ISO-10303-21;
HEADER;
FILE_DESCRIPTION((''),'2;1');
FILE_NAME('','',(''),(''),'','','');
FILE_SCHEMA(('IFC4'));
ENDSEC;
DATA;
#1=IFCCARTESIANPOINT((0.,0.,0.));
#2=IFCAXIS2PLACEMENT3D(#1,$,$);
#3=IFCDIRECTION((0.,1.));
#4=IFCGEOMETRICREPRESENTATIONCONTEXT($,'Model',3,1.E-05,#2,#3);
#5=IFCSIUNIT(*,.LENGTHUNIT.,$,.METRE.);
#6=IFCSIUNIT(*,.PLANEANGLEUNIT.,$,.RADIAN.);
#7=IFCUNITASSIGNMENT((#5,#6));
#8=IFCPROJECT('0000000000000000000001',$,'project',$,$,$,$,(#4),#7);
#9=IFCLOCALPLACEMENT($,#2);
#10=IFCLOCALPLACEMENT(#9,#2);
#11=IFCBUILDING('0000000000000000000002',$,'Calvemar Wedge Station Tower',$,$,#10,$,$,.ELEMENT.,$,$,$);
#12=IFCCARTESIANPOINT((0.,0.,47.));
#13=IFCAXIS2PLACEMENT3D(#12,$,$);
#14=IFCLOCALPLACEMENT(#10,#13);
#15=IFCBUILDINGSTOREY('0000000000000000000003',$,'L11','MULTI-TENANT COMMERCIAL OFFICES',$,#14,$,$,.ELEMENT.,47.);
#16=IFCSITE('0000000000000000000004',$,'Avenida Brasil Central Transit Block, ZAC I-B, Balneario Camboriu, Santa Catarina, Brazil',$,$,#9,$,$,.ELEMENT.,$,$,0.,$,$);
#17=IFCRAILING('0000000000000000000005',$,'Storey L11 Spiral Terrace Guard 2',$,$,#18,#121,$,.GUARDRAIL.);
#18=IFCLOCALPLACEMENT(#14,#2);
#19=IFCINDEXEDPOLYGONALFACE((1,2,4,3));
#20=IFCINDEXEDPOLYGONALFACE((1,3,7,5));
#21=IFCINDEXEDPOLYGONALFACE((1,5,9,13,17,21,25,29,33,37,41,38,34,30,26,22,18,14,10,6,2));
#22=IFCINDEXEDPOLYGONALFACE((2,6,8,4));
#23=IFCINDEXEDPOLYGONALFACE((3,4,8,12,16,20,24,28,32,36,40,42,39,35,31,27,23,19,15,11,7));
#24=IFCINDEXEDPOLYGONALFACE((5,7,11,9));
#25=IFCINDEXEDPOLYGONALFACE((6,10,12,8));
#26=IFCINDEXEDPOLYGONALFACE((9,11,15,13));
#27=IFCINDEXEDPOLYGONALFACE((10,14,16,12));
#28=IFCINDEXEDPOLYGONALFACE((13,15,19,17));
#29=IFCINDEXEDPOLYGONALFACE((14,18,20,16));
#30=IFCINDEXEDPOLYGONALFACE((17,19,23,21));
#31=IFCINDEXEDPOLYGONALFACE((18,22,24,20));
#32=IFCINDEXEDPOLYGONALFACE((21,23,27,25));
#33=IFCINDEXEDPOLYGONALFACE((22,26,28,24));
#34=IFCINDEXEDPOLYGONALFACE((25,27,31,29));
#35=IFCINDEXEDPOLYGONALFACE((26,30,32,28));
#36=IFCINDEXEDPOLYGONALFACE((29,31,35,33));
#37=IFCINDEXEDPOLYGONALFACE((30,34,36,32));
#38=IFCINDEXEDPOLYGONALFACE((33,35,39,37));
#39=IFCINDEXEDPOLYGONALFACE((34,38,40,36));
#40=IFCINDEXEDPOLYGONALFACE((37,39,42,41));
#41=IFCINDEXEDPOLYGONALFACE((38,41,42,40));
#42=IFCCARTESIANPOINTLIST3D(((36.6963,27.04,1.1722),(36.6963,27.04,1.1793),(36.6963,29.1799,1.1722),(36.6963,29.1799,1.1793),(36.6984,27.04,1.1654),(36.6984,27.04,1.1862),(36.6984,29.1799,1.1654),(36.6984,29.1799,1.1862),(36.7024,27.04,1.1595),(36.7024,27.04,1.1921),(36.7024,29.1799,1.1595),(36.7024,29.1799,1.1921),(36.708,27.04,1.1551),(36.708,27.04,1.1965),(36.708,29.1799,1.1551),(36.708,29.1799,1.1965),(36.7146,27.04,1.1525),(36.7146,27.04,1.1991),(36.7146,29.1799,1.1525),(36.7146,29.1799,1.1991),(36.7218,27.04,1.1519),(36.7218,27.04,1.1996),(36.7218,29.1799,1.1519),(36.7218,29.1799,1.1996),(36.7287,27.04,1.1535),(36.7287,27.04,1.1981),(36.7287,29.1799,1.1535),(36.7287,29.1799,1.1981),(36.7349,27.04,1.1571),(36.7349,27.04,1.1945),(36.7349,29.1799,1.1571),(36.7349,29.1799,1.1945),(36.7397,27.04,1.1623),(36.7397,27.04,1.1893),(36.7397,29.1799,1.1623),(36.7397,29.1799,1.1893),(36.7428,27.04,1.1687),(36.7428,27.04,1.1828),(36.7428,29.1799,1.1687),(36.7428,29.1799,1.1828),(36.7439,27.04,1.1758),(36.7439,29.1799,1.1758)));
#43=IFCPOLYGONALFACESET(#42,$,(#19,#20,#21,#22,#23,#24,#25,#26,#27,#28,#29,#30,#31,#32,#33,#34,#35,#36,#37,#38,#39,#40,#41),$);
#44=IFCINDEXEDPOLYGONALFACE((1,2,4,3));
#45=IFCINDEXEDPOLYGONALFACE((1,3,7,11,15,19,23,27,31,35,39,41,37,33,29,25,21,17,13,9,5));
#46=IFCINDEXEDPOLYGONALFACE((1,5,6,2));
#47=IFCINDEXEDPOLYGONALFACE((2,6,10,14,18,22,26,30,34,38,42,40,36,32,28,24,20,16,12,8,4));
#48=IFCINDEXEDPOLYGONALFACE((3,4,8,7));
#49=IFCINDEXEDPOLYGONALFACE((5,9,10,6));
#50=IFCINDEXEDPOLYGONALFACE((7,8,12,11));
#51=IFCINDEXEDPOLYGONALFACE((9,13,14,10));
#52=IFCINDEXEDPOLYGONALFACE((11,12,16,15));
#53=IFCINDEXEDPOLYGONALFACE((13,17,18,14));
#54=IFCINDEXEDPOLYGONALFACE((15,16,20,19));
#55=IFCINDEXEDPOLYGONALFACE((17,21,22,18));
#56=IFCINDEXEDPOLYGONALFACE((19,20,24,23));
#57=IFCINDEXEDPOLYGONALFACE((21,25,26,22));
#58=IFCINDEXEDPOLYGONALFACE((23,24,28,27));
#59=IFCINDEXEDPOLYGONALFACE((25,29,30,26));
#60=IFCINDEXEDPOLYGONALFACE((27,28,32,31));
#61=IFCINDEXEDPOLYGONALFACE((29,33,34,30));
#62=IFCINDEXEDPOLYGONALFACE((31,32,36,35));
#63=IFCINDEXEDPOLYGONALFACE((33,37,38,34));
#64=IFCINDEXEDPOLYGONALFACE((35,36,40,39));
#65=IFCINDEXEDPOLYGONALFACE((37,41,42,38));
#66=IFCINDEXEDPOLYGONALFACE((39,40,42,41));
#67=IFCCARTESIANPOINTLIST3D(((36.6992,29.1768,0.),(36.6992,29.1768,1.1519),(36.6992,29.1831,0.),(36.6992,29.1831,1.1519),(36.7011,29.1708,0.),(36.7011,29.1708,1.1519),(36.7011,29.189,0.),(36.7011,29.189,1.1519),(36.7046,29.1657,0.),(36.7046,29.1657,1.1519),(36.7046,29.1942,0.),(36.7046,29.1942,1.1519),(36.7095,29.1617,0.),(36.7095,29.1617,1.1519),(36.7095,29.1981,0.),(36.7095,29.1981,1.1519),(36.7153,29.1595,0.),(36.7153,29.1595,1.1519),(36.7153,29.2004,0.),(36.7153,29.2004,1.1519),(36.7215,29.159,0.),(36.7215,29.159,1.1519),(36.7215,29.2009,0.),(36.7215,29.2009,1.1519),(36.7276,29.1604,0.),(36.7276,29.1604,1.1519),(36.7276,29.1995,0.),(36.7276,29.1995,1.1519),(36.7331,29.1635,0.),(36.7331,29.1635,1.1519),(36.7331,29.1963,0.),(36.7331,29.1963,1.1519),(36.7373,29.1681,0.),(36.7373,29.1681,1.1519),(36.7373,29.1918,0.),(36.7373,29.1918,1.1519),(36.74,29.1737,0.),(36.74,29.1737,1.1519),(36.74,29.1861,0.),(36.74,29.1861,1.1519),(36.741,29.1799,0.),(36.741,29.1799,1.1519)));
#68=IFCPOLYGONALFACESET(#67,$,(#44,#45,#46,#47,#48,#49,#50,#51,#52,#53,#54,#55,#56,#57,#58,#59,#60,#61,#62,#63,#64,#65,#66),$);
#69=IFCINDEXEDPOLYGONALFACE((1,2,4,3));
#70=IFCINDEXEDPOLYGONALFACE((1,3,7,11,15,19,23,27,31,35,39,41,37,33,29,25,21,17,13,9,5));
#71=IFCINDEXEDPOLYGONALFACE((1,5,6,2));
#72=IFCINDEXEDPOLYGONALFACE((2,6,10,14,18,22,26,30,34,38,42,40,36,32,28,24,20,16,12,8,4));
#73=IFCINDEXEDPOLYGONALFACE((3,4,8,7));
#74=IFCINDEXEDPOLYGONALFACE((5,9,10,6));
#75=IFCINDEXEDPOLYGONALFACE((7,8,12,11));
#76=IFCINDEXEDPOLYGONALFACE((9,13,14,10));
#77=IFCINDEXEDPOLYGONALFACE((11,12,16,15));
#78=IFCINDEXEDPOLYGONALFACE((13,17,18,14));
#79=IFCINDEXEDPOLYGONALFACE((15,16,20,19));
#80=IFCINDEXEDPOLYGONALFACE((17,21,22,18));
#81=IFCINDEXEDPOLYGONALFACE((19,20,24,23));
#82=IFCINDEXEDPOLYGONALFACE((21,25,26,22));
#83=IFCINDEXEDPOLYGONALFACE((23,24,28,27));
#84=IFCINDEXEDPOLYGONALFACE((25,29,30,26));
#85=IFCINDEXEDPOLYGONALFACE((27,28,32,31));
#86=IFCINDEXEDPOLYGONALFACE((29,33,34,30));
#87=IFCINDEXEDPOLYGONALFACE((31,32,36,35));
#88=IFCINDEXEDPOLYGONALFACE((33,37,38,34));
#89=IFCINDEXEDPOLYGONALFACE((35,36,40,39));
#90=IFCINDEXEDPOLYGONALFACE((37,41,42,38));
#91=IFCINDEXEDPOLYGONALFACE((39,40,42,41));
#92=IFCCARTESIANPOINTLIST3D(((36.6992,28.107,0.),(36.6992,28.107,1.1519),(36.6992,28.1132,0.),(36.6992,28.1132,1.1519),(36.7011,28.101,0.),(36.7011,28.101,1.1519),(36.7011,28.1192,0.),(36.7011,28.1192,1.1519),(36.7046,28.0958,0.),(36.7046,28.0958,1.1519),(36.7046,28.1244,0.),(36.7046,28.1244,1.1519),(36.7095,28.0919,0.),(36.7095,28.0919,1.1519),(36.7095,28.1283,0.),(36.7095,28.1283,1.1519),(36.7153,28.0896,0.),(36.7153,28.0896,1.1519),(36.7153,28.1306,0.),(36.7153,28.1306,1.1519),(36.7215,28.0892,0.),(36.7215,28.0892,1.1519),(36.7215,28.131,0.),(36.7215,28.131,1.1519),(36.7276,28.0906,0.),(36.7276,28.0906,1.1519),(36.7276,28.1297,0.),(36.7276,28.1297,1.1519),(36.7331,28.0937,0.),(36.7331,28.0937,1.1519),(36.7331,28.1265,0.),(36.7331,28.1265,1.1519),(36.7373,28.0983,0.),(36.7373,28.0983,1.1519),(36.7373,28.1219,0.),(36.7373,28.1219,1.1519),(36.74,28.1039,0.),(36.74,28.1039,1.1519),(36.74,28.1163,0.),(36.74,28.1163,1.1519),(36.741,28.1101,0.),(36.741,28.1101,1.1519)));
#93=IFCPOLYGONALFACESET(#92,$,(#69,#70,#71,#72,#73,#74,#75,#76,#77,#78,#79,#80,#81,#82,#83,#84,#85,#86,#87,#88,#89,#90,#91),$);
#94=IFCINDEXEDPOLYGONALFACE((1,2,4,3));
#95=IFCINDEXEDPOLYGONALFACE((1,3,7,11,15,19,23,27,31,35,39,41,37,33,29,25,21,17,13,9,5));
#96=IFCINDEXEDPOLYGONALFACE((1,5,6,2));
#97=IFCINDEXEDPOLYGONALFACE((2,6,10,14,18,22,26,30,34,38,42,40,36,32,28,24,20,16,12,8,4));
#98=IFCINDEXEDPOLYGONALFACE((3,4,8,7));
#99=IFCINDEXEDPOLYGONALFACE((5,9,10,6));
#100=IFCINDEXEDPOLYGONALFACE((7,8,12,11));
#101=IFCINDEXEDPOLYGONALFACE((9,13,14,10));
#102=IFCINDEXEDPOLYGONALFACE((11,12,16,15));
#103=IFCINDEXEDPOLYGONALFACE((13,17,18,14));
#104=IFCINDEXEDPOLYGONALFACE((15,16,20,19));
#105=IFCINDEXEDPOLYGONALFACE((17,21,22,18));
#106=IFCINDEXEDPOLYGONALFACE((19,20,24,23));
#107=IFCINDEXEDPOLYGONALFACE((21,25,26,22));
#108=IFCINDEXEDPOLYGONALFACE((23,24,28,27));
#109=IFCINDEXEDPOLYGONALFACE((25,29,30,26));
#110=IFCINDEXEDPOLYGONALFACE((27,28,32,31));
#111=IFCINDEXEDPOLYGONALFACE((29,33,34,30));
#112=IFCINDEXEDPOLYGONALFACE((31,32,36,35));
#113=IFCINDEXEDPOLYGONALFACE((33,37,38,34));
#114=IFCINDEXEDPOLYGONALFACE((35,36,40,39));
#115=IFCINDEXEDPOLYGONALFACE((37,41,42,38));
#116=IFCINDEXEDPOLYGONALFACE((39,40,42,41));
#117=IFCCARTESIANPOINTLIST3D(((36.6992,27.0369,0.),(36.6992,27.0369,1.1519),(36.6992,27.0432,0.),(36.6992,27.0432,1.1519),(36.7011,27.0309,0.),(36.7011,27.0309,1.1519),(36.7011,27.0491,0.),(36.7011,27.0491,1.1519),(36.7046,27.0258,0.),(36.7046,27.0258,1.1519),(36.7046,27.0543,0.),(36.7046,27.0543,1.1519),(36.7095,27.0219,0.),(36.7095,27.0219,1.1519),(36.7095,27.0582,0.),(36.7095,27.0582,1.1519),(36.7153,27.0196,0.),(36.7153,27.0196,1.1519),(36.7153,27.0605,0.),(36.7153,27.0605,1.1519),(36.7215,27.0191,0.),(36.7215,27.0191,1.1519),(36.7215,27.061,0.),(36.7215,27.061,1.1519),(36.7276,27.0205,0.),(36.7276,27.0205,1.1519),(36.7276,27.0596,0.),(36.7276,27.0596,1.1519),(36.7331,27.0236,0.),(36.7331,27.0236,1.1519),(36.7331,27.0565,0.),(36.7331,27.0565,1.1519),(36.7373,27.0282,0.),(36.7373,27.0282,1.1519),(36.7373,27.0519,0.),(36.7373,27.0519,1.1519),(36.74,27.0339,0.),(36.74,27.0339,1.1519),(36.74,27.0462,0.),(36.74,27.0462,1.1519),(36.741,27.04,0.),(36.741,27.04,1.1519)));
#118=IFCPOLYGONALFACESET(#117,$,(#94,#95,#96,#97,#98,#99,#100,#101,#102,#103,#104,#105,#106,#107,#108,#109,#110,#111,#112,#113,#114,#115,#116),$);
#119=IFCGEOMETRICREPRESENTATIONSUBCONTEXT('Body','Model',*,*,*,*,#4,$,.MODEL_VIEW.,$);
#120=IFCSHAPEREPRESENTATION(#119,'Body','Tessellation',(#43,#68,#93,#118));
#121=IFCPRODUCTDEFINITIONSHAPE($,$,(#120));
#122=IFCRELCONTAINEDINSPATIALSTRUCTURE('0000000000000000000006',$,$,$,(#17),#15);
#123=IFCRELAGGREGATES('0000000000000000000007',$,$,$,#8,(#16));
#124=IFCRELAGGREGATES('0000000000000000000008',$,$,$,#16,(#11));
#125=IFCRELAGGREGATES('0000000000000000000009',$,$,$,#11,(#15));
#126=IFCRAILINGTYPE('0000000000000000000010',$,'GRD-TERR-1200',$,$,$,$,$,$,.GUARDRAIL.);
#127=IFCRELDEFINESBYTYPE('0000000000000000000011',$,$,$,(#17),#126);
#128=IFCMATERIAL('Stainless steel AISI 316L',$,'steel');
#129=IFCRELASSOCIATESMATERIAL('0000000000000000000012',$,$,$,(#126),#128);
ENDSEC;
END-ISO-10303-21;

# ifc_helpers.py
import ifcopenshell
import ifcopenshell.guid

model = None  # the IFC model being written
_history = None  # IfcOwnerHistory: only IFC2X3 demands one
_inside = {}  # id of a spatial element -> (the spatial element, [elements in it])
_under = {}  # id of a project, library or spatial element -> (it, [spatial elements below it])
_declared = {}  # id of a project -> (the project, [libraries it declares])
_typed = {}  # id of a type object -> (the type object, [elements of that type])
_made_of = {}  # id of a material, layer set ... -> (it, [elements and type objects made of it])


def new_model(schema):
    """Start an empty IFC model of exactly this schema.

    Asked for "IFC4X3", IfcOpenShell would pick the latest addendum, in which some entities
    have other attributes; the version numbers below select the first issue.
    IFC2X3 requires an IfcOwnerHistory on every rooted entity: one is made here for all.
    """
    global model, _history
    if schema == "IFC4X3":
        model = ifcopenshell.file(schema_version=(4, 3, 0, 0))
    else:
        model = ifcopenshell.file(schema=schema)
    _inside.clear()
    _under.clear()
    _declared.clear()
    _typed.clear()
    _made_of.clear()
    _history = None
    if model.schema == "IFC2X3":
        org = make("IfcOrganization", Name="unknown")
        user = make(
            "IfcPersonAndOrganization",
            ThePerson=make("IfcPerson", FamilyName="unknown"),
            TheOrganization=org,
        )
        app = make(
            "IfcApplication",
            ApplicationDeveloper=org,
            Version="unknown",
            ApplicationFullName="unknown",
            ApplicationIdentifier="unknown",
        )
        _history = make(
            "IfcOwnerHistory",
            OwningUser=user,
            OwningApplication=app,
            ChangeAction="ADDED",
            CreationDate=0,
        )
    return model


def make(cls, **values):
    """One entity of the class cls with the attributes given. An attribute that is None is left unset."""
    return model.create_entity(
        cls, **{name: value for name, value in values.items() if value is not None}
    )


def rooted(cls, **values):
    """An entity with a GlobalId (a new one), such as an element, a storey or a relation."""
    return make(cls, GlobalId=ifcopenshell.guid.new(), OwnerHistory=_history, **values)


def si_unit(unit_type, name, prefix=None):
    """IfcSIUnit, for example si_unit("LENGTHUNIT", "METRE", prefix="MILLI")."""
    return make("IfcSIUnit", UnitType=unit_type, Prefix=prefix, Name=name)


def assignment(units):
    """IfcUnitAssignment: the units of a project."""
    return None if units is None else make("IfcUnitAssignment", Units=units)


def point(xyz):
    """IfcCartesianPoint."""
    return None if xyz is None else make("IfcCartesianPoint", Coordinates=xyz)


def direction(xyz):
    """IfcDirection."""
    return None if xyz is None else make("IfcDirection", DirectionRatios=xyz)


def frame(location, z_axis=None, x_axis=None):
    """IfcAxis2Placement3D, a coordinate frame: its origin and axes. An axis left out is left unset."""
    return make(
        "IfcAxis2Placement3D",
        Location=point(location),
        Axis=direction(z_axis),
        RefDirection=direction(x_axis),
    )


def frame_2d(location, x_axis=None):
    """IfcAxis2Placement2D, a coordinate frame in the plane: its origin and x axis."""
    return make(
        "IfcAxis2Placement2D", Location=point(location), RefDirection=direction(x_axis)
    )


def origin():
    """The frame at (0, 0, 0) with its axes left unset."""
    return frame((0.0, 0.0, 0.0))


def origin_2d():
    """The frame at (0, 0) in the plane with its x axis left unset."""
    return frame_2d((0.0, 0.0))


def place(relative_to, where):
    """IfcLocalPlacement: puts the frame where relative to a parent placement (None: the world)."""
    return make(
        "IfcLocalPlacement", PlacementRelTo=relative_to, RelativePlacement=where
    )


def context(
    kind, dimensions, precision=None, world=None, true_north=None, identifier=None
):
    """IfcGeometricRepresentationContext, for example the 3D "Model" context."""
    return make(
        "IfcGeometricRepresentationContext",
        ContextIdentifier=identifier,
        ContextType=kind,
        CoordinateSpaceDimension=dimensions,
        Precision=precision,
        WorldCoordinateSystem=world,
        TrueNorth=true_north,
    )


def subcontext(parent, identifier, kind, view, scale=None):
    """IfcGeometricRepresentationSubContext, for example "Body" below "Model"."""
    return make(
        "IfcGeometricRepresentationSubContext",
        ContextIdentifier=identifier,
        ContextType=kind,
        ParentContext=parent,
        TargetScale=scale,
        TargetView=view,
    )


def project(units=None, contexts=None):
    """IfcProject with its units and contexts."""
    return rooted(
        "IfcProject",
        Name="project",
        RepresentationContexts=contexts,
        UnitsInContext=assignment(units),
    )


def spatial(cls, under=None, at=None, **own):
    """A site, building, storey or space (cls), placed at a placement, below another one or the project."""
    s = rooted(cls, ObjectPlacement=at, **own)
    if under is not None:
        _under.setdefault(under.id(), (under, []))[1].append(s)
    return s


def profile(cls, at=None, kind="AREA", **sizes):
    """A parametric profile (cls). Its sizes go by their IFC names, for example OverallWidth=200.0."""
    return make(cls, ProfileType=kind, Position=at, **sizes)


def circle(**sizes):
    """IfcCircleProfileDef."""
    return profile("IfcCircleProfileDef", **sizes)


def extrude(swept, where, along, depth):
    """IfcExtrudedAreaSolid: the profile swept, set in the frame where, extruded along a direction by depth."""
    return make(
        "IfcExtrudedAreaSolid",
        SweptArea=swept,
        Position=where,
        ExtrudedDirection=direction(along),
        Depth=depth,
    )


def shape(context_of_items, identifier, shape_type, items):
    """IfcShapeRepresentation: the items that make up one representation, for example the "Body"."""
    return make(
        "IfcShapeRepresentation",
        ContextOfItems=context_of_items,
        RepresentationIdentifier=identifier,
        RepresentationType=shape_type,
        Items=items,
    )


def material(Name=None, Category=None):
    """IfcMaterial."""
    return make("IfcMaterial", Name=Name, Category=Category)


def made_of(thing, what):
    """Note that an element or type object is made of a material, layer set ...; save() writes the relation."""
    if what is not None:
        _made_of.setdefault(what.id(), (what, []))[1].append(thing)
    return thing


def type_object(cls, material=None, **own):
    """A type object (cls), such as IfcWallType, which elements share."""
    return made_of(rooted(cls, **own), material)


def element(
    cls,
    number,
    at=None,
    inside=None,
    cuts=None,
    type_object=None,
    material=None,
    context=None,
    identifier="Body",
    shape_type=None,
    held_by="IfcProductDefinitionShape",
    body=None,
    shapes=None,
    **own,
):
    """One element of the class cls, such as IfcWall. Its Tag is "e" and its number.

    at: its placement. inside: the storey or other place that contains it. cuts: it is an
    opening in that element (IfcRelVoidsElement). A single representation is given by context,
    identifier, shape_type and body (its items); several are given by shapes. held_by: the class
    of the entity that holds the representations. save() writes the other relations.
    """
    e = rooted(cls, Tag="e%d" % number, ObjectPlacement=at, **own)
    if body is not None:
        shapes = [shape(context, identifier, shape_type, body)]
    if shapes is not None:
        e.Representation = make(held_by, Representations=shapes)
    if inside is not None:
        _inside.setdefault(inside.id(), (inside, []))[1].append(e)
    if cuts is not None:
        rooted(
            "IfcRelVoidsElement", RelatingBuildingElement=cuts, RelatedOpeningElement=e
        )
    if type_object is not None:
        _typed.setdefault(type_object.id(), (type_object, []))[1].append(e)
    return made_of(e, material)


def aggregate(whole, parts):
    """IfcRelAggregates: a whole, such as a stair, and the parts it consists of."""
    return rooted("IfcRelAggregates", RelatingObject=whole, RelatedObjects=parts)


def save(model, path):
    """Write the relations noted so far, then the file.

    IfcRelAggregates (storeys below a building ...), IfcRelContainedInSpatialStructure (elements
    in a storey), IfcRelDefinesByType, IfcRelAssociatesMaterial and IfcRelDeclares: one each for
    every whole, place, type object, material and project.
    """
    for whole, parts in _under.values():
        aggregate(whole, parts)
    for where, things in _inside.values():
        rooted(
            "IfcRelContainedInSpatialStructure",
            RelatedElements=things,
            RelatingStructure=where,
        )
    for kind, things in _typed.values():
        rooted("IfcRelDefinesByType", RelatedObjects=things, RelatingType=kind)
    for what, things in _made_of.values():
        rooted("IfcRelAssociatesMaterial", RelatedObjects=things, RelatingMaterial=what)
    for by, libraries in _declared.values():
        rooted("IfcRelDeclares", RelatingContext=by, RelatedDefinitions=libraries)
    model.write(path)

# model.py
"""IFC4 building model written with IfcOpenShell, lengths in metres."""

from ifc_helpers import new_model, si_unit, direction, frame, origin, origin_2d, place, context, subcontext, project, spatial, circle, extrude, material, type_object, element, save


model = new_model("IFC4")

# Units and contexts
model_context = context("Model", 3, precision=1e-05, world=origin(), true_north=direction((0.0, 1.0)))
body_context = subcontext(model_context, "Body", "Model", "MODEL_VIEW")
ifc_project = project(units=[si_unit("LENGTHUNIT", "METRE"), si_unit("PLANEANGLEUNIT", "RADIAN")], contexts=[model_context])

# Site, building, storey
site_placement = place(None, origin())
site = spatial("IfcSite", under=ifc_project, at=site_placement, Name="Avenida Brasil Central Transit Block, ZAC I-B, Balneario Camboriu, Santa Catarina, Brazil", CompositionType="ELEMENT", RefElevation=0.0)
building_placement = place(site_placement, origin())
building = spatial("IfcBuilding", under=site, at=building_placement, Name="Calvemar Wedge Station Tower", CompositionType="ELEMENT")
storey_placement = place(building_placement, frame((0.0, 0.0, 47.0)))
storey = spatial("IfcBuildingStorey", under=building, at=storey_placement, Name="L11", Description="MULTI-TENANT COMMERCIAL OFFICES", CompositionType="ELEMENT", Elevation=47.0)

# Railing
ifc_material_1 = material(Name="Stainless steel AISI 316L", Category="steel")
railing_type = type_object("IfcRailingType", Name="GRD-TERR-1200", PredefinedType="GUARDRAIL", material=ifc_material_1)
railing_1_placement = place(storey_placement, frame((36.72, 29.1799, 0.0)))
element("IfcRailing", 1, at=railing_1_placement, inside=storey, type_object=railing_type, Name="Storey L11 Spiral Terrace Guard 2", PredefinedType="GUARDRAIL", context=body_context, shape_type="SweptSolid", body=[
    extrude(circle(Radius=0.0239, at=origin_2d()), frame((0.0, 0.0, 1.1758), z_axis=(0.0, -1.0, 0.0), x_axis=(1.0, 0.0, 0.0)), (0.0, 0.0, 1.0), 2.1399),
    extrude(circle(Radius=0.021, at=origin_2d()), origin(), (0.0, 0.0, 1.0), 1.1519),
    extrude(circle(Radius=0.021, at=origin_2d()), frame((0.0, -1.0698, 0.0)), (0.0, 0.0, 1.0), 1.1519),
    extrude(circle(Radius=0.021, at=origin_2d()), frame((0.0, -2.1399, 0.0)), (0.0, 0.0, 1.0), 1.1519),
])

save(model, "model.ifc")
